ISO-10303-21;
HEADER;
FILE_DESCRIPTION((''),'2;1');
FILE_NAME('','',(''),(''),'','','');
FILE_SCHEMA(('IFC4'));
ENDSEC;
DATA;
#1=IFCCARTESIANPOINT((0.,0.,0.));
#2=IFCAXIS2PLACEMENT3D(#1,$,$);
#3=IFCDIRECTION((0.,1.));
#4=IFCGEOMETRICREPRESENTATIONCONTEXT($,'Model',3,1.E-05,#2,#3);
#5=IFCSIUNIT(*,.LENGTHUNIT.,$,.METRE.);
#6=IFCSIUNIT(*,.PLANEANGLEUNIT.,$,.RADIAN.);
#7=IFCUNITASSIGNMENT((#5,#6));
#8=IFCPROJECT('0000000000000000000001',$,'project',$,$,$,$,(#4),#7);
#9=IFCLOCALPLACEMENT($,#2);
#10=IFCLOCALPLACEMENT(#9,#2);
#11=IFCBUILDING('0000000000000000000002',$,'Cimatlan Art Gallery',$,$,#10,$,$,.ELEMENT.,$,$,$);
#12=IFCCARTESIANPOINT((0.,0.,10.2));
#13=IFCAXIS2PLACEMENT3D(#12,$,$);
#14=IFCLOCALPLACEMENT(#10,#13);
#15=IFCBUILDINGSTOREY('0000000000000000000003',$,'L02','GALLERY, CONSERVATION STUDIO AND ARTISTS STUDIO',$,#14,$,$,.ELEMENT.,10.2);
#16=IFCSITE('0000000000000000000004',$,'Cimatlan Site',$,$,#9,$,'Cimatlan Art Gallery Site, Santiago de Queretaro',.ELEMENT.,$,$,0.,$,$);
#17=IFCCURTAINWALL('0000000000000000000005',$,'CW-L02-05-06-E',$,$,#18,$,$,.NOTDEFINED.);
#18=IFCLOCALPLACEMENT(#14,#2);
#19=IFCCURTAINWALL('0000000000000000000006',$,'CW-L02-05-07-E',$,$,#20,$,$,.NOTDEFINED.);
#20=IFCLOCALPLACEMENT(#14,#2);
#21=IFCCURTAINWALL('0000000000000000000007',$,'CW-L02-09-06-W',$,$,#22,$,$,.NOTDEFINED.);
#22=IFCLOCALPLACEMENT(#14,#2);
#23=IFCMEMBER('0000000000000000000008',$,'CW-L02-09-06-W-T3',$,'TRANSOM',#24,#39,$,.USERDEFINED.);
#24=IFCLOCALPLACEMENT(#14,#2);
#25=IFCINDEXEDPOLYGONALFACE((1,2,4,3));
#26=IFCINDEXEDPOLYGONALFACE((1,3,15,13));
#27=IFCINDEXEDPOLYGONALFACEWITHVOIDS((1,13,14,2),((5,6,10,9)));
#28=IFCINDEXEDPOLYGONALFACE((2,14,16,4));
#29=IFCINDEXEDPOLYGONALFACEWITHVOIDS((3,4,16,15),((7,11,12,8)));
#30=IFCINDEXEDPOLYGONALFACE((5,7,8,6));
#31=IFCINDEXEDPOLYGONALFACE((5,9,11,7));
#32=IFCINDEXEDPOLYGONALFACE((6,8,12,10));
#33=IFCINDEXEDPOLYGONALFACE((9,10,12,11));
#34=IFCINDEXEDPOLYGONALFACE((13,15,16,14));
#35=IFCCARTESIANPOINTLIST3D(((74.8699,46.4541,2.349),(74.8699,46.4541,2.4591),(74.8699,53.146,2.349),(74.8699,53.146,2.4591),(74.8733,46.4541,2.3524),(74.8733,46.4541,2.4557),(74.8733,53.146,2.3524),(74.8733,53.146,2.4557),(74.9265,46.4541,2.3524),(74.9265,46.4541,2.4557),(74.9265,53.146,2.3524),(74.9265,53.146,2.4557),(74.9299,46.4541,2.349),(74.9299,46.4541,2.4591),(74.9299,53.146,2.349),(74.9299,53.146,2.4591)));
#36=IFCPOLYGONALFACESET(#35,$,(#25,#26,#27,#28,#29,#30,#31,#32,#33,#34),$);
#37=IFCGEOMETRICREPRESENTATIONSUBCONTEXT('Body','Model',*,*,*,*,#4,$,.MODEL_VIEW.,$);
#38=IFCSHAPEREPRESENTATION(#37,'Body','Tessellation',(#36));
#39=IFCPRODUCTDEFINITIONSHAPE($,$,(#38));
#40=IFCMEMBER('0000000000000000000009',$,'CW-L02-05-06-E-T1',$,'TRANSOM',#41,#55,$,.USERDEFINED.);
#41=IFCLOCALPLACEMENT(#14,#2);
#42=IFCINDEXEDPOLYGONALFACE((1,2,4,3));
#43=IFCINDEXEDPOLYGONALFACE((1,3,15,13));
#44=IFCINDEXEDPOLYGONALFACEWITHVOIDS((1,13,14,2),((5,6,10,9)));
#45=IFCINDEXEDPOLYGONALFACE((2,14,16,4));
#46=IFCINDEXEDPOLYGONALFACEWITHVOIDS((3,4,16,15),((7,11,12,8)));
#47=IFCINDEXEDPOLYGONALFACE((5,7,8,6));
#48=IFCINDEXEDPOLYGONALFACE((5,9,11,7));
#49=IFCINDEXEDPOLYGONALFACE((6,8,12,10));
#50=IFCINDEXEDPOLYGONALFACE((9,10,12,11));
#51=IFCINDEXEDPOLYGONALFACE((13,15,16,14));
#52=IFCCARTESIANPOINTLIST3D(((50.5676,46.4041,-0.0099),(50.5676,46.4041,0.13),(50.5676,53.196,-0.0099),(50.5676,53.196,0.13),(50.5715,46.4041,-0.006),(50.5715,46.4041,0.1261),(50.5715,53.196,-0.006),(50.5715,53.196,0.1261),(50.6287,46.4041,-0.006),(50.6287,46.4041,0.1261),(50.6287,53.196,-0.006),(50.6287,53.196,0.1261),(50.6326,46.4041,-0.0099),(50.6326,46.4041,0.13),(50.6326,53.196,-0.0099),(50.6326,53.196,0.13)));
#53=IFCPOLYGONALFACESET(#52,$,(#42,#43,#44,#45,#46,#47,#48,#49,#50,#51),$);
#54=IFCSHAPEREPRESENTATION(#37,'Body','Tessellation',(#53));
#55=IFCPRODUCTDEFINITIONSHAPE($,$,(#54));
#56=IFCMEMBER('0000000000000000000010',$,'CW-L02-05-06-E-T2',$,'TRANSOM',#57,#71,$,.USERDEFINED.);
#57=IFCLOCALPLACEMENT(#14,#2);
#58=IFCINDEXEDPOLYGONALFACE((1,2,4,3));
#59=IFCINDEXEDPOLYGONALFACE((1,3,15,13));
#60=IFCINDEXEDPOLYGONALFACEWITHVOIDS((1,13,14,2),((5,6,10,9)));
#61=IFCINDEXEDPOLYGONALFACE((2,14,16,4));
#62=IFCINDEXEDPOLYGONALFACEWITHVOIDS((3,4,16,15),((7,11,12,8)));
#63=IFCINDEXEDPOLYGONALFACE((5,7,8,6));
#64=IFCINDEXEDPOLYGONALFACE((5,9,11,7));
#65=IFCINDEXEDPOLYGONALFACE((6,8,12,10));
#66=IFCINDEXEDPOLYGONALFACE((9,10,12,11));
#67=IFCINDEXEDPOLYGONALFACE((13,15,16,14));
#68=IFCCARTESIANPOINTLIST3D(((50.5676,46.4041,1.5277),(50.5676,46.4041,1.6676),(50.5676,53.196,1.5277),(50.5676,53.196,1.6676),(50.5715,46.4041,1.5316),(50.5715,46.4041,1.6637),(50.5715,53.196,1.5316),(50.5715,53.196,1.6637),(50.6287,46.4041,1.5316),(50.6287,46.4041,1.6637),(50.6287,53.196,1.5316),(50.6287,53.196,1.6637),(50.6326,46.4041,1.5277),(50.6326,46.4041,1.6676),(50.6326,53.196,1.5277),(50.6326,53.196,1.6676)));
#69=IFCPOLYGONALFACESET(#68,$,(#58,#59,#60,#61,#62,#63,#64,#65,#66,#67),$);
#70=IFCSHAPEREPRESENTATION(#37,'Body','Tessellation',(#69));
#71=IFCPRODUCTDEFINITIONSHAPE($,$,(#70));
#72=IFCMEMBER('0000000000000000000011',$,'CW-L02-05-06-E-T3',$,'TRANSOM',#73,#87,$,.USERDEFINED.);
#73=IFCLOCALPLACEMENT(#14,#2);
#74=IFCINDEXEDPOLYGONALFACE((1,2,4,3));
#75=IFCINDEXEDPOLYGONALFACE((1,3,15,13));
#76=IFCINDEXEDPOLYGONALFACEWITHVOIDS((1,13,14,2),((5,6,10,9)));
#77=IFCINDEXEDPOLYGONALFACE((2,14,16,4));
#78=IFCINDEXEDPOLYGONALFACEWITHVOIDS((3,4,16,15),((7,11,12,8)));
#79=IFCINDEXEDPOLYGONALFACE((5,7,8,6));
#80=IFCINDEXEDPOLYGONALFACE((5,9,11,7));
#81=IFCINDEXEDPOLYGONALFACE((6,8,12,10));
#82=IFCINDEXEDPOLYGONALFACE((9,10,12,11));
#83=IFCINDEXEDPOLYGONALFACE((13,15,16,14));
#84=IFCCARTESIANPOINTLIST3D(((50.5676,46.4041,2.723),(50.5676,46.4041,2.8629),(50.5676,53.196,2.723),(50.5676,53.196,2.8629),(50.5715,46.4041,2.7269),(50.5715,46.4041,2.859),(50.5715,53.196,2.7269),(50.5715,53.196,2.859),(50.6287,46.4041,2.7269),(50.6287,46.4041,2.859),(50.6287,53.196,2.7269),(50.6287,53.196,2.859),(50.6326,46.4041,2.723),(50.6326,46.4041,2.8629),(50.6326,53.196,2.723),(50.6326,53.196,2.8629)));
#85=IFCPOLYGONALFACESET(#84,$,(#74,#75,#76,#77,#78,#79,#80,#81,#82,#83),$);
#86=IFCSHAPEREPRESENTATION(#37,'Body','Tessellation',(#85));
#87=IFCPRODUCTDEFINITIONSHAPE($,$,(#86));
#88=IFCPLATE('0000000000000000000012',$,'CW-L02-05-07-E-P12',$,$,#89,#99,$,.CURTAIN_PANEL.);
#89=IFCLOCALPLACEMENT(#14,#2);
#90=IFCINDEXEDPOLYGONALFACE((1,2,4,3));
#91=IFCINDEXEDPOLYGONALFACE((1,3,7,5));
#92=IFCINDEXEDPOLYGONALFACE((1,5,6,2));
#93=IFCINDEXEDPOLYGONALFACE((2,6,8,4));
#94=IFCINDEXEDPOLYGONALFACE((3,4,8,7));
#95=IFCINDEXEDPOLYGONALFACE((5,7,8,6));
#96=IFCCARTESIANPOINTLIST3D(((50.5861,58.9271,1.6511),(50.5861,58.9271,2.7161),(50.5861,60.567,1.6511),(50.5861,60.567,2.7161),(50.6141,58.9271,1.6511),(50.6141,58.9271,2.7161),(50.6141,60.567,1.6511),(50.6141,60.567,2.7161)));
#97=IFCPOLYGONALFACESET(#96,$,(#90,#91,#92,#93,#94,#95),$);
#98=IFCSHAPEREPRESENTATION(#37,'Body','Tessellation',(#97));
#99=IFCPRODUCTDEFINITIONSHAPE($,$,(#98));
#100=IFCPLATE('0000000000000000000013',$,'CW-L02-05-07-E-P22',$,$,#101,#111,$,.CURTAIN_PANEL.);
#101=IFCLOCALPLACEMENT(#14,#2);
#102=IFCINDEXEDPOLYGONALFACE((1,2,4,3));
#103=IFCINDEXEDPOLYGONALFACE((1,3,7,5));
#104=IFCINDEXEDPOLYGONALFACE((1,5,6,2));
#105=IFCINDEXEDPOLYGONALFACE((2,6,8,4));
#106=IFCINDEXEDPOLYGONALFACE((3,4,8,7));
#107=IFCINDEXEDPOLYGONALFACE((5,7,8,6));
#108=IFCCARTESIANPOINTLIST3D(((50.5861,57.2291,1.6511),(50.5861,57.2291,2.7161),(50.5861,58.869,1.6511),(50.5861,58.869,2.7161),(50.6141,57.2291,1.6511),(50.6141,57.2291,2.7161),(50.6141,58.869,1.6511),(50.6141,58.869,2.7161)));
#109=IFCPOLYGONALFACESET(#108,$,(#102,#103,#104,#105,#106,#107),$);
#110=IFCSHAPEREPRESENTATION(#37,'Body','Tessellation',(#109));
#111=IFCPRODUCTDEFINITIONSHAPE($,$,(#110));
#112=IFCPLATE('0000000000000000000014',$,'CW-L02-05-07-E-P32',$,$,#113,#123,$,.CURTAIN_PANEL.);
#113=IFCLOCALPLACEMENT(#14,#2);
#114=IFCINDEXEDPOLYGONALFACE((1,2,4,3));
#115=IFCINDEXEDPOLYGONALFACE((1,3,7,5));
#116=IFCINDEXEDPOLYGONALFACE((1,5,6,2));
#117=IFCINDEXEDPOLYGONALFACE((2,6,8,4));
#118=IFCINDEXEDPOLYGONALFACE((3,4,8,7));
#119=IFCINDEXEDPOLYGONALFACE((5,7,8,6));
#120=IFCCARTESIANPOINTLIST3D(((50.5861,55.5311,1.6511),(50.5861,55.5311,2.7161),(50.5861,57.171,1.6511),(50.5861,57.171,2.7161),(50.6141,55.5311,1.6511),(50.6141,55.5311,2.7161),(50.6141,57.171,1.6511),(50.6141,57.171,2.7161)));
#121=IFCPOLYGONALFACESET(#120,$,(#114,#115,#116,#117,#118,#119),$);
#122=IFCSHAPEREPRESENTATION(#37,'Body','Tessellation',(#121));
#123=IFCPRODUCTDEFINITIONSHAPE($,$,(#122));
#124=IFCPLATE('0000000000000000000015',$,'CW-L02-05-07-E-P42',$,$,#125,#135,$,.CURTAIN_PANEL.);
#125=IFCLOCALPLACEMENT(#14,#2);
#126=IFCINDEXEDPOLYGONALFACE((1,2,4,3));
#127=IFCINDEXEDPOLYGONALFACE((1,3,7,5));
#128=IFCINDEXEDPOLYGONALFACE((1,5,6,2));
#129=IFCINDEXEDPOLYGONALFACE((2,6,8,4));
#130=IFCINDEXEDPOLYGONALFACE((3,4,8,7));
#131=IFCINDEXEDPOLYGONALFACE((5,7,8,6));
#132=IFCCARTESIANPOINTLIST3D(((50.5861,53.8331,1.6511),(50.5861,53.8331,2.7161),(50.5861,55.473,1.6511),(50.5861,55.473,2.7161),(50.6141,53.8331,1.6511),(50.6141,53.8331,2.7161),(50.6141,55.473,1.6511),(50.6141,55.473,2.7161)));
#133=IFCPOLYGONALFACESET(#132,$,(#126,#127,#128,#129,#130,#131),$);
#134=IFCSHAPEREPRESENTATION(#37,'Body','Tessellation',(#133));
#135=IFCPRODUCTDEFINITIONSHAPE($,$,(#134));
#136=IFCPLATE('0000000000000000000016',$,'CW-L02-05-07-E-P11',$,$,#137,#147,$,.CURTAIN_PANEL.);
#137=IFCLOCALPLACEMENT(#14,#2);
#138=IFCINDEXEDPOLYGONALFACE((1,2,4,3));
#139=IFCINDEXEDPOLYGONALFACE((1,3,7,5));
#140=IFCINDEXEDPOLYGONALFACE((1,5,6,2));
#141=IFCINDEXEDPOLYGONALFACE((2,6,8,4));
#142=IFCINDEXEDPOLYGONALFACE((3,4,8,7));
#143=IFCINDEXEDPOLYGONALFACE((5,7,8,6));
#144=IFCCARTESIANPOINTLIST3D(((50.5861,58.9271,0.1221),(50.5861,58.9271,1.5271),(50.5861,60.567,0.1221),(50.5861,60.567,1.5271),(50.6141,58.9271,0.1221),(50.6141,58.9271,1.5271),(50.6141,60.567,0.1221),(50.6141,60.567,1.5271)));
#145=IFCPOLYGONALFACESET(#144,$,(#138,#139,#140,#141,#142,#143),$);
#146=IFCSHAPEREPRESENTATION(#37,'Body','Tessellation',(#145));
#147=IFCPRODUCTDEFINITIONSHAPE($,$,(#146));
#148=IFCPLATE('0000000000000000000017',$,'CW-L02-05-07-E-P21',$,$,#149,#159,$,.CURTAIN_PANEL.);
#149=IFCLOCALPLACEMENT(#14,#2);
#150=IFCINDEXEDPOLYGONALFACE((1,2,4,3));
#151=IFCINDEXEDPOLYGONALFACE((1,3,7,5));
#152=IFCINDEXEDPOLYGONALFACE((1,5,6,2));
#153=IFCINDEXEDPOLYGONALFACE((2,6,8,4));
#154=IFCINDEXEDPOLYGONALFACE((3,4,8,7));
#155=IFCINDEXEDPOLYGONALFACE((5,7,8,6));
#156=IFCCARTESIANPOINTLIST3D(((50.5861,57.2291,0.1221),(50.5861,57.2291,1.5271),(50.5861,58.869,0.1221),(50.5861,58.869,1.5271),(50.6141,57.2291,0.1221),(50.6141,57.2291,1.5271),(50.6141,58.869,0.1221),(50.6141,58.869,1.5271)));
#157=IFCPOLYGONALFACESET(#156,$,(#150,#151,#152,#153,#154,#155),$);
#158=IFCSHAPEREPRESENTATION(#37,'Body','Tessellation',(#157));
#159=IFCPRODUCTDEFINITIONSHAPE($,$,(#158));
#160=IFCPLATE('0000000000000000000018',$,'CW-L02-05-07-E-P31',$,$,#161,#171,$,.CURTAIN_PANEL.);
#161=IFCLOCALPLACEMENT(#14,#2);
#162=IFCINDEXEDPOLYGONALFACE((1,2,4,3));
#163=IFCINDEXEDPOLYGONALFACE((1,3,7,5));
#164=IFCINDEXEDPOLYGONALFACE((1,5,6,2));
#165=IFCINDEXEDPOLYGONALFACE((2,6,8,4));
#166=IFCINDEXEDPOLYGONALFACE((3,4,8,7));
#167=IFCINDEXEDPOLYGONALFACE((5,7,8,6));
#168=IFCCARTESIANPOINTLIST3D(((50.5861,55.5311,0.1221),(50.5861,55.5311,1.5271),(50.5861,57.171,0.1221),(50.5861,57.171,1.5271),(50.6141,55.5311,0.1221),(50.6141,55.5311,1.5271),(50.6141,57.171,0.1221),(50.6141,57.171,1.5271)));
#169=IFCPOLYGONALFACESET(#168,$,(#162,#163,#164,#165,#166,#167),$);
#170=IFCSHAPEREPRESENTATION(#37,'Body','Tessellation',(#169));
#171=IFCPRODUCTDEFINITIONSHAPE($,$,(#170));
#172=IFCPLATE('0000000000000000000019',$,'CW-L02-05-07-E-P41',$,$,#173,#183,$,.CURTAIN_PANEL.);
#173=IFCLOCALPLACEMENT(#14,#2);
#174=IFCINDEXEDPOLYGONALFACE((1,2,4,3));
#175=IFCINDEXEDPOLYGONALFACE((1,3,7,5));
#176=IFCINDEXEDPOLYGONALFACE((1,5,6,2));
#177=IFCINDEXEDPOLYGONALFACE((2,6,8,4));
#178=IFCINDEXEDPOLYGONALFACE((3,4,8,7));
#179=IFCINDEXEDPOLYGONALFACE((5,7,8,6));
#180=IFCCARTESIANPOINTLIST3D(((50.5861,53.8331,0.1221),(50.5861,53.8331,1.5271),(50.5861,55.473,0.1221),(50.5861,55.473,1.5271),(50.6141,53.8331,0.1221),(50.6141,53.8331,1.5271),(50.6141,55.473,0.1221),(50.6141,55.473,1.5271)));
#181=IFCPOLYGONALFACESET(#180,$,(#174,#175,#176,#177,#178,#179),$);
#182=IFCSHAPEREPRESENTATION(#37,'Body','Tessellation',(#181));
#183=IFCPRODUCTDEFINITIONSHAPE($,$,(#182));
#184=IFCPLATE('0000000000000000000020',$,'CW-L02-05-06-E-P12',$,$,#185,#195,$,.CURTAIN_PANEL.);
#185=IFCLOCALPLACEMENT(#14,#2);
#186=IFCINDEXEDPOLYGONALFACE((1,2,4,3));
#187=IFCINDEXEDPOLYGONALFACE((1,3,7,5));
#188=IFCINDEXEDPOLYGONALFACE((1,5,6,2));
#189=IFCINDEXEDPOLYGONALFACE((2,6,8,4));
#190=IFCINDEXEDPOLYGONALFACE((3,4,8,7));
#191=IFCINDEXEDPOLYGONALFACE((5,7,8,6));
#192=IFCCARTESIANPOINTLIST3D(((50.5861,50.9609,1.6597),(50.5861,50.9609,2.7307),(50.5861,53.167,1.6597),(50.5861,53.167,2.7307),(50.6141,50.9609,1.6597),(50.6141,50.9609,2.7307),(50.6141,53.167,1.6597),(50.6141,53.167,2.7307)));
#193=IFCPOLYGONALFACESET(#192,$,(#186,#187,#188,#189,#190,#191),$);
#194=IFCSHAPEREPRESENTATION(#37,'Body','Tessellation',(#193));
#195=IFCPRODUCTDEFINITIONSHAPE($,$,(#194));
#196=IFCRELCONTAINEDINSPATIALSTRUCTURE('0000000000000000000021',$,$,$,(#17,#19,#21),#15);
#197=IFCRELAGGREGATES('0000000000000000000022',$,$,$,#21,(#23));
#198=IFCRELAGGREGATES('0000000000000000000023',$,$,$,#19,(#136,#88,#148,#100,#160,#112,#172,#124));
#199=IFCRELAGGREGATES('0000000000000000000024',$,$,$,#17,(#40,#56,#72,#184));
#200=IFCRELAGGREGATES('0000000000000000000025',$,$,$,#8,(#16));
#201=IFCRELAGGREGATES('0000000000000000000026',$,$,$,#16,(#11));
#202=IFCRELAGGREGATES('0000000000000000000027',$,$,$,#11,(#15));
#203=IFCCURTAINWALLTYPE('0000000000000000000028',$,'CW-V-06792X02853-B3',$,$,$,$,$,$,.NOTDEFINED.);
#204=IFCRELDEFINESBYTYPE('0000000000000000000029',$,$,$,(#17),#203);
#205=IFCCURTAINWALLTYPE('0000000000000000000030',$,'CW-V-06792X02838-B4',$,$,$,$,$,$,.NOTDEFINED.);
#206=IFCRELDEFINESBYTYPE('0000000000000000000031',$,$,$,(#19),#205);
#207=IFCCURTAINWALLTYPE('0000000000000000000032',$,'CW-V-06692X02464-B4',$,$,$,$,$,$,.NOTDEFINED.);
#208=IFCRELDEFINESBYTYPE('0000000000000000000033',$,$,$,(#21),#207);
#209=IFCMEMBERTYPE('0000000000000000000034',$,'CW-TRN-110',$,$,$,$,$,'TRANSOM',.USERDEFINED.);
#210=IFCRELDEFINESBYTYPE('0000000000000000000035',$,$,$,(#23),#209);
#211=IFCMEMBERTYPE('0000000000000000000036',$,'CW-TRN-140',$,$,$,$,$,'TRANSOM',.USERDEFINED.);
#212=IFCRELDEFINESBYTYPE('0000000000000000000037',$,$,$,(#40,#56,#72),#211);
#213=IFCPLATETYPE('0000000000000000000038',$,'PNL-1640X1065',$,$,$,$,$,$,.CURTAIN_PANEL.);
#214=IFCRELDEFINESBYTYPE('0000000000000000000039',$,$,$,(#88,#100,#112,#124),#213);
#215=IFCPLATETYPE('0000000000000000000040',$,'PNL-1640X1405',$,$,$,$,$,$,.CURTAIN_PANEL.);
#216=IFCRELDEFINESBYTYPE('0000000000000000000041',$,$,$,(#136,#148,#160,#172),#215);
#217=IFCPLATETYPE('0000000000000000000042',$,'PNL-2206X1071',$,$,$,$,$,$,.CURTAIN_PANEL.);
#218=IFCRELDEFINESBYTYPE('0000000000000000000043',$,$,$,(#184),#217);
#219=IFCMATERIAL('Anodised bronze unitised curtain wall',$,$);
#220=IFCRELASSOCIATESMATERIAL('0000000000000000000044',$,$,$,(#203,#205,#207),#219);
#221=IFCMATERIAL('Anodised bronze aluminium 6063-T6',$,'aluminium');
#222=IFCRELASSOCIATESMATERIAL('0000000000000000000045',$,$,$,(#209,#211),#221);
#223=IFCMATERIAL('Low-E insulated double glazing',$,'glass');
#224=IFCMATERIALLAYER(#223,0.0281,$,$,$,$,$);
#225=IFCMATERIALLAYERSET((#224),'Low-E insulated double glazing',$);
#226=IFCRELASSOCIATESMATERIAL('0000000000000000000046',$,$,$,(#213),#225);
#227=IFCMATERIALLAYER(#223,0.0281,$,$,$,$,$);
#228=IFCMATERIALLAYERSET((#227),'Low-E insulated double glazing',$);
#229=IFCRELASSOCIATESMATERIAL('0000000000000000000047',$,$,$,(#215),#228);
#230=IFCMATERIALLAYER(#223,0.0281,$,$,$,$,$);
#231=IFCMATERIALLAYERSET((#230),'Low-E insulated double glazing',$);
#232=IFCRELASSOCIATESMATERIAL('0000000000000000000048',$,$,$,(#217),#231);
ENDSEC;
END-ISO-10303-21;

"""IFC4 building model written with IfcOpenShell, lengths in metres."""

from ifc_helpers import new_model, si_unit, direction, frame, origin, origin_2d, place, context, subcontext, project, spatial, rectangle, hollow_rectangle, extrude, material, layer, layer_set, material_profile, profile_set, type_object, element, aggregate, save


model = new_model("IFC4")

# Units and contexts
model_context = context("Model", 3, precision=1e-05, world=origin(), true_north=direction((0.0, 1.0)))
body_context = subcontext(model_context, "Body", "Model", "MODEL_VIEW")
ifc_project = project(units=[si_unit("LENGTHUNIT", "METRE"), si_unit("PLANEANGLEUNIT", "RADIAN")], contexts=[model_context])

# Site, building, storey
site_placement = place(None, origin())
site = spatial("IfcSite", under=ifc_project, at=site_placement, Name="Cimatlan Site", LongName="Cimatlan Art Gallery Site, Santiago de Queretaro", CompositionType="ELEMENT", RefElevation=0.0)
building_placement = place(site_placement, origin())
building = spatial("IfcBuilding", under=site, at=building_placement, Name="Cimatlan Art Gallery", CompositionType="ELEMENT")
storey_placement = place(building_placement, frame((0.0, 0.0, 10.2)))
storey = spatial("IfcBuildingStorey", under=building, at=storey_placement, Name="L02", Description="GALLERY, CONSERVATION STUDIO AND ARTISTS STUDIO", CompositionType="ELEMENT", Elevation=10.2)

# Curtain walls, member
ifc_material_1 = material(Name="Anodised bronze unitised curtain wall")
curtain_wall_type_1 = type_object("IfcCurtainWallType", Name="CW-V-06792X02853-B3", PredefinedType="NOTDEFINED", material=ifc_material_1)
curtain_wall_1_placement = place(storey_placement, origin())
curtain_wall_1 = element("IfcCurtainWall", 1, at=curtain_wall_1_placement, inside=storey, type_object=curtain_wall_type_1, Name="CW-L02-05-06-E", PredefinedType="NOTDEFINED")
ifc_material_2 = material(Name="Anodised bronze aluminium 6063-T6", Category="aluminium")
curtain_wall_type_2 = type_object("IfcCurtainWallType", Name="CW-V-06792X02838-B4", PredefinedType="NOTDEFINED", material=ifc_material_1)
curtain_wall_2_placement = place(storey_placement, origin())
curtain_wall_2 = element("IfcCurtainWall", 2, at=curtain_wall_2_placement, inside=storey, type_object=curtain_wall_type_2, Name="CW-L02-05-07-E", PredefinedType="NOTDEFINED")
curtain_wall_type_3 = type_object("IfcCurtainWallType", Name="CW-V-06692X02464-B4", PredefinedType="NOTDEFINED", material=ifc_material_1)
curtain_wall_3_placement = place(storey_placement, origin())
curtain_wall_3 = element("IfcCurtainWall", 3, at=curtain_wall_3_placement, inside=storey, type_object=curtain_wall_type_3, Name="CW-L02-09-06-W", PredefinedType="NOTDEFINED")
ifc_material_profile_1 = material_profile(ifc_material_2, hollow_rectangle(XDim=0.0601, YDim=0.1101, WallThickness=0.0034, at=origin_2d()), Name="ALU60X110X3")
ifc_profile_set_1 = profile_set([ifc_material_profile_1], Name="Anodised bronze aluminium 6063-T6")
member_type_1 = type_object("IfcMemberType", Name="CW-TRN-110", ElementType="TRANSOM", PredefinedType="USERDEFINED", material=ifc_profile_set_1)
member_1_placement = place(storey_placement, frame((74.8999, 46.4541, 2.4041), z_axis=(0.0, 1.0, 0.0), x_axis=(-1.0, 0.0, 0.0)))
member_1 = element("IfcMember", 4, at=member_1_placement, type_object=member_type_1, Name="CW-L02-09-06-W-T3", ObjectType="TRANSOM", PredefinedType="USERDEFINED", context=body_context, shape_type="SweptSolid", body=[
    extrude(hollow_rectangle(XDim=0.0601, YDim=0.1101, WallThickness=0.0034, at=origin_2d()), origin(), (0.0, 0.0, 1.0), 6.6919),
])
aggregate(curtain_wall_3, [member_1])

# Members
ifc_material_profile_2 = material_profile(ifc_material_2, hollow_rectangle(XDim=0.0649, YDim=0.1399, WallThickness=0.0039, at=origin_2d()), Name="ALU65X140X4")
ifc_profile_set_2 = profile_set([ifc_material_profile_2], Name="Anodised bronze aluminium 6063-T6")
member_type_2 = type_object("IfcMemberType", Name="CW-TRN-140", ElementType="TRANSOM", PredefinedType="USERDEFINED", material=ifc_profile_set_2)
member_2_placement = place(storey_placement, frame((50.6001, 53.196, 0.0601), z_axis=(0.0, -1.0, 0.0), x_axis=(1.0, 0.0, 0.0)))
member_2 = element("IfcMember", 5, at=member_2_placement, type_object=member_type_2, Name="CW-L02-05-06-E-T1", ObjectType="TRANSOM", PredefinedType="USERDEFINED", context=body_context, shape_type="SweptSolid", body=[
    extrude(hollow_rectangle(XDim=0.0649, YDim=0.1399, WallThickness=0.0039, at=origin_2d()), origin(), (0.0, 0.0, 1.0), 6.792),
])
member_3_placement = place(storey_placement, frame((50.6001, 53.196, 1.5977), z_axis=(0.0, -1.0, 0.0), x_axis=(1.0, 0.0, 0.0)))
member_3 = element("IfcMember", 6, at=member_3_placement, type_object=member_type_2, Name="CW-L02-05-06-E-T2", ObjectType="TRANSOM", PredefinedType="USERDEFINED", context=body_context, shape_type="SweptSolid", body=[
    extrude(hollow_rectangle(XDim=0.0649, YDim=0.1399, WallThickness=0.0039, at=origin_2d()), origin(), (0.0, 0.0, 1.0), 6.792),
])
member_4_placement = place(storey_placement, frame((50.6001, 53.196, 2.793), z_axis=(0.0, -1.0, 0.0), x_axis=(1.0, 0.0, 0.0)))
member_4 = element("IfcMember", 7, at=member_4_placement, type_object=member_type_2, Name="CW-L02-05-06-E-T3", ObjectType="TRANSOM", PredefinedType="USERDEFINED", context=body_context, shape_type="SweptSolid", body=[
    extrude(hollow_rectangle(XDim=0.0649, YDim=0.1399, WallThickness=0.0039, at=origin_2d()), origin(), (0.0, 0.0, 1.0), 6.792),
])

# Plates
ifc_material_3 = material(Name="Low-E insulated double glazing", Category="glass")
ifc_layer_1 = layer(ifc_material_3, 0.0281)
ifc_layer_set_1 = layer_set([ifc_layer_1], Name="Low-E insulated double glazing")
plate_type_1 = type_object("IfcPlateType", Name="PNL-1640X1065", PredefinedType="CURTAIN_PANEL", material=ifc_layer_set_1)
plate_1_placement = place(storey_placement, frame((50.6001, 59.7471, 1.6511), z_axis=(0.0, 0.0, 1.0), x_axis=(0.0, -1.0, 0.0)))
plate_1 = element("IfcPlate", 8, at=plate_1_placement, type_object=plate_type_1, Name="CW-L02-05-07-E-P12", PredefinedType="CURTAIN_PANEL", context=body_context, shape_type="SweptSolid", body=[
    extrude(rectangle(XDim=1.6399, YDim=0.0281, at=origin_2d()), origin(), (0.0, 0.0, 1.0), 1.0649),
])
plate_2_placement = place(storey_placement, frame((50.6001, 58.0491, 1.6511), z_axis=(0.0, 0.0, 1.0), x_axis=(0.0, -1.0, 0.0)))
plate_2 = element("IfcPlate", 9, at=plate_2_placement, type_object=plate_type_1, Name="CW-L02-05-07-E-P22", PredefinedType="CURTAIN_PANEL", context=body_context, shape_type="SweptSolid", body=[
    extrude(rectangle(XDim=1.6399, YDim=0.0281, at=origin_2d()), origin(), (0.0, 0.0, 1.0), 1.0649),
])
plate_3_placement = place(storey_placement, frame((50.6001, 56.3511, 1.6511), z_axis=(0.0, 0.0, 1.0), x_axis=(0.0, -1.0, 0.0)))
plate_3 = element("IfcPlate", 10, at=plate_3_placement, type_object=plate_type_1, Name="CW-L02-05-07-E-P32", PredefinedType="CURTAIN_PANEL", context=body_context, shape_type="SweptSolid", body=[
    extrude(rectangle(XDim=1.6399, YDim=0.0281, at=origin_2d()), origin(), (0.0, 0.0, 1.0), 1.0649),
])
plate_4_placement = place(storey_placement, frame((50.6001, 54.6531, 1.6511), z_axis=(0.0, 0.0, 1.0), x_axis=(0.0, -1.0, 0.0)))
plate_4 = element("IfcPlate", 11, at=plate_4_placement, type_object=plate_type_1, Name="CW-L02-05-07-E-P42", PredefinedType="CURTAIN_PANEL", context=body_context, shape_type="SweptSolid", body=[
    extrude(rectangle(XDim=1.6399, YDim=0.0281, at=origin_2d()), origin(), (0.0, 0.0, 1.0), 1.0649),
])
ifc_layer_2 = layer(ifc_material_3, 0.0281)
ifc_layer_set_2 = layer_set([ifc_layer_2], Name="Low-E insulated double glazing")
plate_type_2 = type_object("IfcPlateType", Name="PNL-1640X1405", PredefinedType="CURTAIN_PANEL", material=ifc_layer_set_2)
plate_5_placement = place(storey_placement, frame((50.6001, 59.7471, 0.1221), z_axis=(0.0, 0.0, 1.0), x_axis=(0.0, -1.0, 0.0)))
plate_5 = element("IfcPlate", 12, at=plate_5_placement, type_object=plate_type_2, Name="CW-L02-05-07-E-P11", PredefinedType="CURTAIN_PANEL", context=body_context, shape_type="SweptSolid", body=[
    extrude(rectangle(XDim=1.6399, YDim=0.0281, at=origin_2d()), origin(), (0.0, 0.0, 1.0), 1.405),
])
plate_6_placement = place(storey_placement, frame((50.6001, 58.0491, 0.1221), z_axis=(0.0, 0.0, 1.0), x_axis=(0.0, -1.0, 0.0)))
plate_6 = element("IfcPlate", 13, at=plate_6_placement, type_object=plate_type_2, Name="CW-L02-05-07-E-P21", PredefinedType="CURTAIN_PANEL", context=body_context, shape_type="SweptSolid", body=[
    extrude(rectangle(XDim=1.6399, YDim=0.0281, at=origin_2d()), origin(), (0.0, 0.0, 1.0), 1.405),
])
plate_7_placement = place(storey_placement, frame((50.6001, 56.3511, 0.1221), z_axis=(0.0, 0.0, 1.0), x_axis=(0.0, -1.0, 0.0)))
plate_7 = element("IfcPlate", 14, at=plate_7_placement, type_object=plate_type_2, Name="CW-L02-05-07-E-P31", PredefinedType="CURTAIN_PANEL", context=body_context, shape_type="SweptSolid", body=[
    extrude(rectangle(XDim=1.6399, YDim=0.0281, at=origin_2d()), origin(), (0.0, 0.0, 1.0), 1.405),
])
plate_8_placement = place(storey_placement, frame((50.6001, 54.6531, 0.1221), z_axis=(0.0, 0.0, 1.0), x_axis=(0.0, -1.0, 0.0)))
plate_8 = element("IfcPlate", 15, at=plate_8_placement, type_object=plate_type_2, Name="CW-L02-05-07-E-P41", PredefinedType="CURTAIN_PANEL", context=body_context, shape_type="SweptSolid", body=[
    extrude(rectangle(XDim=1.6399, YDim=0.0281, at=origin_2d()), origin(), (0.0, 0.0, 1.0), 1.405),
])
aggregate(curtain_wall_2, [plate_5, plate_1, plate_6, plate_2, plate_7, plate_3, plate_8, plate_4])
ifc_layer_3 = layer(ifc_material_3, 0.0281)
ifc_layer_set_3 = layer_set([ifc_layer_3], Name="Low-E insulated double glazing")
plate_type_3 = type_object("IfcPlateType", Name="PNL-2206X1071", PredefinedType="CURTAIN_PANEL", material=ifc_layer_set_3)
plate_9_placement = place(storey_placement, frame((50.6001, 52.064, 1.6597), z_axis=(0.0, 0.0, 1.0), x_axis=(0.0, -1.0, 0.0)))
plate_9 = element("IfcPlate", 16, at=plate_9_placement, type_object=plate_type_3, Name="CW-L02-05-06-E-P12", PredefinedType="CURTAIN_PANEL", context=body_context, shape_type="SweptSolid", body=[
    extrude(rectangle(XDim=2.2061, YDim=0.0281, at=origin_2d()), origin(), (0.0, 0.0, 1.0), 1.071),
])
aggregate(curtain_wall_1, [member_2, member_3, member_4, plate_9])

save(model, "model.ifc")
